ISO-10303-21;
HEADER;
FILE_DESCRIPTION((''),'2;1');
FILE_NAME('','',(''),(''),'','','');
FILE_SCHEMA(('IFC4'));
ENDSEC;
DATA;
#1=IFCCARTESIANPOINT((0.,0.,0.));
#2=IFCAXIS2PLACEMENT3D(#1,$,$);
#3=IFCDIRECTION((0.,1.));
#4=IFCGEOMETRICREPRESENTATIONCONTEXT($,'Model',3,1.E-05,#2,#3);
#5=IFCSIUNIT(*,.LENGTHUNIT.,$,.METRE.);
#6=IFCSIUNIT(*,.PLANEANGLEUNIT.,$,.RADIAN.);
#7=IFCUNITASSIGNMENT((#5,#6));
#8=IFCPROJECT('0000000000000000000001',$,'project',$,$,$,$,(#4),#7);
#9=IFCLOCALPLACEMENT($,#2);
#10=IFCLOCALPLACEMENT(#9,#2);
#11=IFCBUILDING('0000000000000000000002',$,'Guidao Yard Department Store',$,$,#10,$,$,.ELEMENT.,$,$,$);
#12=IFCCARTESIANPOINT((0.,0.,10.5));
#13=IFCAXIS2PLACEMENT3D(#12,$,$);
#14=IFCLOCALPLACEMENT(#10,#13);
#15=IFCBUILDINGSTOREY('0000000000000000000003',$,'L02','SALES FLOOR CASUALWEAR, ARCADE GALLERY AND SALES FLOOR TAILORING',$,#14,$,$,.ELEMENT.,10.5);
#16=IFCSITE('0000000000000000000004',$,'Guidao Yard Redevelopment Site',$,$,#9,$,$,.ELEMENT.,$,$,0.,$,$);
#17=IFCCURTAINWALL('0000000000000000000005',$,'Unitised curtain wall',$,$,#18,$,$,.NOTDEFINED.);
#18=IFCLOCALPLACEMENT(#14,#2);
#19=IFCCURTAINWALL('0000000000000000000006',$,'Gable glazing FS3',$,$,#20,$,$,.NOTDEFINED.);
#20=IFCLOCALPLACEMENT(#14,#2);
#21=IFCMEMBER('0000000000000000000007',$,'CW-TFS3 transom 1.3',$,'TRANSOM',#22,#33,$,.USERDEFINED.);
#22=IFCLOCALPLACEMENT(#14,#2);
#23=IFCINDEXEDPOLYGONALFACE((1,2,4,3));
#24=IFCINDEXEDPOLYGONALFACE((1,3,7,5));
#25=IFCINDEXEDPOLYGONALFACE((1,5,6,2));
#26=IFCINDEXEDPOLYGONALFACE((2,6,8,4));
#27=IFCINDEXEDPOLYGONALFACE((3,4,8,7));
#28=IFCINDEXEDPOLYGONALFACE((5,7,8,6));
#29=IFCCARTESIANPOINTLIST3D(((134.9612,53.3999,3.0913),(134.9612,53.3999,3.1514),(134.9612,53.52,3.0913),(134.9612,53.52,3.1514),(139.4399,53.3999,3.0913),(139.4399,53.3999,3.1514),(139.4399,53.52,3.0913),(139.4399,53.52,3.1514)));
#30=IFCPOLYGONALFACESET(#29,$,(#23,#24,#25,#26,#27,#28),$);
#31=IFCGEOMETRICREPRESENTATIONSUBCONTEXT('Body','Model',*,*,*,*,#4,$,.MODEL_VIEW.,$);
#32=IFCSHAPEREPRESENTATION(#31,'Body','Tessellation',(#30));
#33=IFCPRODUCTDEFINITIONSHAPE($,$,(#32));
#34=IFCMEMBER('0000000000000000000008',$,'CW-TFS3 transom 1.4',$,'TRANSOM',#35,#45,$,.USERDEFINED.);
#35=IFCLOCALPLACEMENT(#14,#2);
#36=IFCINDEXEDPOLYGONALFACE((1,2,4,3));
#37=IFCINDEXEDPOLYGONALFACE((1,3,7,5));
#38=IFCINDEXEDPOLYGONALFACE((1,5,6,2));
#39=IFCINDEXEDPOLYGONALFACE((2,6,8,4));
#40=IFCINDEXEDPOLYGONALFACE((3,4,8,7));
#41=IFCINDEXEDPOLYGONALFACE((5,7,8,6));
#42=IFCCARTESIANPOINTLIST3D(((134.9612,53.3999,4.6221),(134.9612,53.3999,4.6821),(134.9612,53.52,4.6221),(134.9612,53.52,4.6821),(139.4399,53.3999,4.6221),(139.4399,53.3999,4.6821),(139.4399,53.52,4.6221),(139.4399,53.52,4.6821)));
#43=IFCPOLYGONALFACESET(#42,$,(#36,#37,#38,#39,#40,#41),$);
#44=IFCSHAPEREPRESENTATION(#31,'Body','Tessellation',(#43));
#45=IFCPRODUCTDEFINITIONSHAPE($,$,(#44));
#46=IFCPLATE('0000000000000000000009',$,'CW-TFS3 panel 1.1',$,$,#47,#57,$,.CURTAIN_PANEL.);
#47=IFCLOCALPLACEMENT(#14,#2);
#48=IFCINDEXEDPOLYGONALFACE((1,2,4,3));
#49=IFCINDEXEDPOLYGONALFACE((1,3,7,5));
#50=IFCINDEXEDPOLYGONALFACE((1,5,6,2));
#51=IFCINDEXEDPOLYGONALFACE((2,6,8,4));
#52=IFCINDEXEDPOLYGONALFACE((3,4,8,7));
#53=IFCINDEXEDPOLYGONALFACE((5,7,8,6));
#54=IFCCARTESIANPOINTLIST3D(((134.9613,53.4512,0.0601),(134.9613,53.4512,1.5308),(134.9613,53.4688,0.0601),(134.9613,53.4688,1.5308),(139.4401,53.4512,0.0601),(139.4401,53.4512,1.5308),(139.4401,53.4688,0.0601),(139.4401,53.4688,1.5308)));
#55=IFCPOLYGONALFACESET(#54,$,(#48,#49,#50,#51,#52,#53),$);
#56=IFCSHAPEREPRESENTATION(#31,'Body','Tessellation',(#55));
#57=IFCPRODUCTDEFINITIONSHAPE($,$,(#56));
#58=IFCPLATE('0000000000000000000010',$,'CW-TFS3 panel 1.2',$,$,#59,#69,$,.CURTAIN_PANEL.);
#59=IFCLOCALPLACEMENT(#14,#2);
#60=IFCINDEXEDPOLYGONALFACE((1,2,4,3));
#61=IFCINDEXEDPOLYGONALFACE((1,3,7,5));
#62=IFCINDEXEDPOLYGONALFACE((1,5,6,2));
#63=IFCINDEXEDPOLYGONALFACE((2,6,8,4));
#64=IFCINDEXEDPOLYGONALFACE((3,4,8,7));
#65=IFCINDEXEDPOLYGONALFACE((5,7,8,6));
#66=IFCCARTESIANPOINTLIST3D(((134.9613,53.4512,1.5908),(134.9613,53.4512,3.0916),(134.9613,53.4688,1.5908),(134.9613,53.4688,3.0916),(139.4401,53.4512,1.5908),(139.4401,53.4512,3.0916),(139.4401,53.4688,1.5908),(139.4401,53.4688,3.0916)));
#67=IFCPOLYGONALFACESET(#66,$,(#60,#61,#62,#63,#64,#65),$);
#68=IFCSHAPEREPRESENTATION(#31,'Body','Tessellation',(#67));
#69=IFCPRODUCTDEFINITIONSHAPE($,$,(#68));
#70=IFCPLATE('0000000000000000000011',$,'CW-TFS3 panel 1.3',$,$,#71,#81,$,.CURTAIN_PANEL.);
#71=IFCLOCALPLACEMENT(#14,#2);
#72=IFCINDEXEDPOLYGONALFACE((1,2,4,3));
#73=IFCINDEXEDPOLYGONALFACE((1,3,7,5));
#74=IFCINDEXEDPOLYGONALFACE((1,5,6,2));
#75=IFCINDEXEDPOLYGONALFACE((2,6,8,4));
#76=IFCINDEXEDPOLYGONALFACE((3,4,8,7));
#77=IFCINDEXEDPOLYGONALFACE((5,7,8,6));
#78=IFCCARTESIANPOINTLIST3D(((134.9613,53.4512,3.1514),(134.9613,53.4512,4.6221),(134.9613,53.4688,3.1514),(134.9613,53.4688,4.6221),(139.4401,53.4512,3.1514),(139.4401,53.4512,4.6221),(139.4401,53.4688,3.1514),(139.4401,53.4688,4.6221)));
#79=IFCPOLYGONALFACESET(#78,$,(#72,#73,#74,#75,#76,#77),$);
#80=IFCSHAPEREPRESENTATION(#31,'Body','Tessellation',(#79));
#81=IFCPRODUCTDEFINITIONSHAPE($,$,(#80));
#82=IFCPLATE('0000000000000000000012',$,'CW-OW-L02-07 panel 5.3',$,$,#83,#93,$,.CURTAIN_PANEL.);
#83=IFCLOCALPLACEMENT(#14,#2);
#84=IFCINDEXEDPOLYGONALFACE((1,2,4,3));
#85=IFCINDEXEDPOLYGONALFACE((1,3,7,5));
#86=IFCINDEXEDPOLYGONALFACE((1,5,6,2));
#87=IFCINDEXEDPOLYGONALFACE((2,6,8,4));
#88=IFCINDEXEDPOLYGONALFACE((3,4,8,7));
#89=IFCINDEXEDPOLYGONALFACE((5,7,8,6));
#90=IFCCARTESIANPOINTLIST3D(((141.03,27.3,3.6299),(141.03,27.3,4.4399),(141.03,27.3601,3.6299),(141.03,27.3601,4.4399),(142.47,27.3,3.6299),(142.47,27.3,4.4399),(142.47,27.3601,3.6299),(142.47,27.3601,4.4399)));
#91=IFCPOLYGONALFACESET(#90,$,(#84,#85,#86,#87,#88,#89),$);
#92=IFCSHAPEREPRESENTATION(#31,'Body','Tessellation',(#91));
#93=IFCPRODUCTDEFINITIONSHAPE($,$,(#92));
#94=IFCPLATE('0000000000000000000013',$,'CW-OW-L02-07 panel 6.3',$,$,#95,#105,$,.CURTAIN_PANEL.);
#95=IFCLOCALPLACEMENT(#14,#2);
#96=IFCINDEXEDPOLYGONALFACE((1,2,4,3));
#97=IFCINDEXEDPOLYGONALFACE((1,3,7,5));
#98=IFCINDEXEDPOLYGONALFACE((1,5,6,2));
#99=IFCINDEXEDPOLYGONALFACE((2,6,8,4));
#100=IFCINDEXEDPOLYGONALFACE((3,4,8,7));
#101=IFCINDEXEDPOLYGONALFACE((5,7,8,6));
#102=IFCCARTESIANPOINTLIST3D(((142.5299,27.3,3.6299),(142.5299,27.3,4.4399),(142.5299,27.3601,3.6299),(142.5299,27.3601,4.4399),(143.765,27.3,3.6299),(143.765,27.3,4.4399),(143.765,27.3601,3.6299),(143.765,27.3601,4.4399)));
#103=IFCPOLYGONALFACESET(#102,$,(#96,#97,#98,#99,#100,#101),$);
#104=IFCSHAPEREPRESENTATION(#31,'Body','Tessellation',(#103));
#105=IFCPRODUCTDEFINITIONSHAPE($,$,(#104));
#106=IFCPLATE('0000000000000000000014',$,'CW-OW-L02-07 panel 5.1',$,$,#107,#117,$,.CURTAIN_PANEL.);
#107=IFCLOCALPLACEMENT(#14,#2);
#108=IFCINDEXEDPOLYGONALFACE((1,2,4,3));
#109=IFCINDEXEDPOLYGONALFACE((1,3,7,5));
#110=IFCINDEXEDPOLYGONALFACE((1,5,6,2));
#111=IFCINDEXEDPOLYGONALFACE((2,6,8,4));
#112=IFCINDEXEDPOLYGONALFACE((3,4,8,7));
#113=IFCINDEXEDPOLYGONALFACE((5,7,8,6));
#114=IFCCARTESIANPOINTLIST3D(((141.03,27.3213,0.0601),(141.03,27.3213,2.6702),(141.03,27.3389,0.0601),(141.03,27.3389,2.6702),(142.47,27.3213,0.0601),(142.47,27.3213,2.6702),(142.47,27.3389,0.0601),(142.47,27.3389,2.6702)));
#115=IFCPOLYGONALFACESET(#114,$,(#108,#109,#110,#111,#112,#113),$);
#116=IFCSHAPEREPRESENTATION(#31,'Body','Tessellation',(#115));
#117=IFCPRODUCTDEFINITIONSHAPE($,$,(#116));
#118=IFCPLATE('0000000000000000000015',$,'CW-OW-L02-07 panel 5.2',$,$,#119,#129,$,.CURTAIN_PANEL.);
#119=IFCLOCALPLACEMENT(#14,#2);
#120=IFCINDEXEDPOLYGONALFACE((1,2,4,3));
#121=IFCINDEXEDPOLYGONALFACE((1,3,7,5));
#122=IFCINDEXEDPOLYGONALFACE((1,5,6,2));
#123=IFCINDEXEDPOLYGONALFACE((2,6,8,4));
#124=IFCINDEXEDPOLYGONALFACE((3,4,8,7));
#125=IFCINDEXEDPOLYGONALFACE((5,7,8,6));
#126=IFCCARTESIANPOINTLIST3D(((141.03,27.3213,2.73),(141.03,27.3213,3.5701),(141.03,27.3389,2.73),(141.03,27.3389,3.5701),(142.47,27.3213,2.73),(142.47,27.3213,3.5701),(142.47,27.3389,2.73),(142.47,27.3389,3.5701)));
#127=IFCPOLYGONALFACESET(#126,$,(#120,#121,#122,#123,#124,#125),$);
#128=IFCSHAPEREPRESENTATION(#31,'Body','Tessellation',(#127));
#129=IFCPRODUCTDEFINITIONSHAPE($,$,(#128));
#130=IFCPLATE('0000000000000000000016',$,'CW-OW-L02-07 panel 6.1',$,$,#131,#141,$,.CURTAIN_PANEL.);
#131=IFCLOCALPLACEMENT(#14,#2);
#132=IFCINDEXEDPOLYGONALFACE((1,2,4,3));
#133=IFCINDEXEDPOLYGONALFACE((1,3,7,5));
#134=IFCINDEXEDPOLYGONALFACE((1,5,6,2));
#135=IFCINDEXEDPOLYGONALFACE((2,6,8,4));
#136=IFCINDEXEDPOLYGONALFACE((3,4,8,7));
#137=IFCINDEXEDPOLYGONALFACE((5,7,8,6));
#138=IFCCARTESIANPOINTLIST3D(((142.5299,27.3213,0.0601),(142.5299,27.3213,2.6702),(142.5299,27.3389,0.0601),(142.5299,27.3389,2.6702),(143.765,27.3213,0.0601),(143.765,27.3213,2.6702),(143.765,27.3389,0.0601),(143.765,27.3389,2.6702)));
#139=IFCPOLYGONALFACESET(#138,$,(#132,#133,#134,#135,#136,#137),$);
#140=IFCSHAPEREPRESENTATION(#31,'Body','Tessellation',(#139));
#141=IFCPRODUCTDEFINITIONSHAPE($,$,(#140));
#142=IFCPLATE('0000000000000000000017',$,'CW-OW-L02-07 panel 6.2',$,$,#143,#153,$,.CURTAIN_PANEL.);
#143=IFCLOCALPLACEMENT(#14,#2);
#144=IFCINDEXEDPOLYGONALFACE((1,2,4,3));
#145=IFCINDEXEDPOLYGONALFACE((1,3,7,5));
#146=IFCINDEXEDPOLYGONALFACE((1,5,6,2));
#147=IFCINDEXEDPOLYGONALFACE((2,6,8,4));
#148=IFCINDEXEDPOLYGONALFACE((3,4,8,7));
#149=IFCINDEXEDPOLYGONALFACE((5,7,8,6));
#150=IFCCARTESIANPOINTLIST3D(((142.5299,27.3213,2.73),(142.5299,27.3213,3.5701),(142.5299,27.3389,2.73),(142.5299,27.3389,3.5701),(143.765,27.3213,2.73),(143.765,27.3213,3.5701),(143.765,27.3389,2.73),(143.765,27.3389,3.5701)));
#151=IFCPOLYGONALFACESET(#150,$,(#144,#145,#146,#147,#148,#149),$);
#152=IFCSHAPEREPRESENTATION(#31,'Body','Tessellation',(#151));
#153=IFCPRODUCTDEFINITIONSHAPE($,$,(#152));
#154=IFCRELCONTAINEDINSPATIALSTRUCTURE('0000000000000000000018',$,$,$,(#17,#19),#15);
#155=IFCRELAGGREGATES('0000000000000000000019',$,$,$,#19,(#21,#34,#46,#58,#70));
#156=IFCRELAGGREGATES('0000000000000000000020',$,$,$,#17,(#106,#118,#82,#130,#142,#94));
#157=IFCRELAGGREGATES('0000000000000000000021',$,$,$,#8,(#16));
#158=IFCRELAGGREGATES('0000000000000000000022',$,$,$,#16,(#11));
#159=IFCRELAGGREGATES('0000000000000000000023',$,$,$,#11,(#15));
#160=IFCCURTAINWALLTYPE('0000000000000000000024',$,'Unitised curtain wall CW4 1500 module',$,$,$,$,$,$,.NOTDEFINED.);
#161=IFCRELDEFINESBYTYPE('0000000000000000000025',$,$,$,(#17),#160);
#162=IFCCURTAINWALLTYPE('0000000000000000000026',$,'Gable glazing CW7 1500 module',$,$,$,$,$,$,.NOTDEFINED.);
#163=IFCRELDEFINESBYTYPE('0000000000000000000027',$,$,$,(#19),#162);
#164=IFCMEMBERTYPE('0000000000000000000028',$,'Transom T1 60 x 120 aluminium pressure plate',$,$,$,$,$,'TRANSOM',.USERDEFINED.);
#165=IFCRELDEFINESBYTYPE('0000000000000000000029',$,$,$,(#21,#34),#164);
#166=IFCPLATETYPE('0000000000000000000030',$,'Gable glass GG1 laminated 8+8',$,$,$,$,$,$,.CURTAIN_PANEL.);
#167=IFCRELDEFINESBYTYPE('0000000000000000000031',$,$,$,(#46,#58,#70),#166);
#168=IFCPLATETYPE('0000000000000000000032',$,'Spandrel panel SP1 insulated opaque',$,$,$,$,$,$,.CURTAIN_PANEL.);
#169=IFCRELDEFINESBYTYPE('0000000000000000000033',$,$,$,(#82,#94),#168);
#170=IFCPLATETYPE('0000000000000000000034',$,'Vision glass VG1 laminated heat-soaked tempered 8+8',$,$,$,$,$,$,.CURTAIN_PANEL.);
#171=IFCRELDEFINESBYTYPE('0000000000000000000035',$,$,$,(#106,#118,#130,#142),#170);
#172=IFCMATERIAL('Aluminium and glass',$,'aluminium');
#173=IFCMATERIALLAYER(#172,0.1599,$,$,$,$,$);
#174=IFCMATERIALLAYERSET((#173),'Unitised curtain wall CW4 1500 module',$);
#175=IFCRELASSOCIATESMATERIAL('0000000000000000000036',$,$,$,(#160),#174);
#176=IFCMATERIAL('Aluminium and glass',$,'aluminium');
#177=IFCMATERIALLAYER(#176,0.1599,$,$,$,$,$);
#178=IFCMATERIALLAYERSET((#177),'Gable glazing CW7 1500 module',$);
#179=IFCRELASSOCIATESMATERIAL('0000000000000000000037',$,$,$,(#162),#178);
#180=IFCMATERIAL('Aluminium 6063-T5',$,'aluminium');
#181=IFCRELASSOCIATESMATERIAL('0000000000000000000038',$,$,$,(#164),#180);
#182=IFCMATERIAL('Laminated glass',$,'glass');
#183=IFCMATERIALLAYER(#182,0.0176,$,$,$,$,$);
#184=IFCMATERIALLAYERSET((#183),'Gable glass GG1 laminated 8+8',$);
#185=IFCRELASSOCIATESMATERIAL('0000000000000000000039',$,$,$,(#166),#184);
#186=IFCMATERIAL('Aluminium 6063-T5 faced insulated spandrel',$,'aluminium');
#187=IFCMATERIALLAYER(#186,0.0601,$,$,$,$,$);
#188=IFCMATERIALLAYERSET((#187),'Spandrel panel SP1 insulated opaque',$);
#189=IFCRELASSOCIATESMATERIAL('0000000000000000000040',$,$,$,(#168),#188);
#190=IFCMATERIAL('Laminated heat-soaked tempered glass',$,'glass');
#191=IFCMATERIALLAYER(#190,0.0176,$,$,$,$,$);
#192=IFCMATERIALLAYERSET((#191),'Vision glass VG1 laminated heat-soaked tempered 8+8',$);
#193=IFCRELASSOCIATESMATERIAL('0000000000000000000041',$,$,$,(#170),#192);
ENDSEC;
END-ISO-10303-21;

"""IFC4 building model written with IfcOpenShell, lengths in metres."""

from ifc_helpers import new_model, si_unit, direction, frame, origin, origin_2d, place, context, subcontext, project, spatial, rectangle, extrude, material, layer, layer_set, material_profile, profile_set, type_object, element, aggregate, save


model = new_model("IFC4")

# Units and contexts
model_context = context("Model", 3, precision=1e-05, world=origin(), true_north=direction((0.0, 1.0)))
body_context = subcontext(model_context, "Body", "Model", "MODEL_VIEW")
ifc_project = project(units=[si_unit("LENGTHUNIT", "METRE"), si_unit("PLANEANGLEUNIT", "RADIAN")], contexts=[model_context])

# Site, building, storey
site_placement = place(None, origin())
site = spatial("IfcSite", under=ifc_project, at=site_placement, Name="Guidao Yard Redevelopment Site", CompositionType="ELEMENT", RefElevation=0.0)
building_placement = place(site_placement, origin())
building = spatial("IfcBuilding", under=site, at=building_placement, Name="Guidao Yard Department Store", CompositionType="ELEMENT")
storey_placement = place(building_placement, frame((0.0, 0.0, 10.5)))
storey = spatial("IfcBuildingStorey", under=building, at=storey_placement, Name="L02", Description="SALES FLOOR CASUALWEAR, ARCADE GALLERY AND SALES FLOOR TAILORING", CompositionType="ELEMENT", Elevation=10.5)

# Curtain wall
ifc_material_1 = material(Name="Aluminium and glass", Category="aluminium")
ifc_layer_1 = layer(ifc_material_1, 0.1599)
ifc_layer_set_1 = layer_set([ifc_layer_1], Name="Unitised curtain wall CW4 1500 module")
curtain_wall_type_1 = type_object("IfcCurtainWallType", Name="Unitised curtain wall CW4 1500 module", PredefinedType="NOTDEFINED", material=ifc_layer_set_1)
curtain_wall_1_placement = place(storey_placement, origin())
curtain_wall_1 = element("IfcCurtainWall", 1, at=curtain_wall_1_placement, inside=storey, type_object=curtain_wall_type_1, Name="Unitised curtain wall", PredefinedType="NOTDEFINED")

# Shared definitions
ifc_material_2 = material(Name="Aluminium and glass", Category="aluminium")
ifc_layer_2 = layer(ifc_material_2, 0.1599)
ifc_layer_set_2 = layer_set([ifc_layer_2], Name="Gable glazing CW7 1500 module")
curtain_wall_type_2 = type_object("IfcCurtainWallType", Name="Gable glazing CW7 1500 module", PredefinedType="NOTDEFINED", material=ifc_layer_set_2)

# Curtain wall
curtain_wall_2_placement = place(storey_placement, origin())
curtain_wall_2 = element("IfcCurtainWall", 2, at=curtain_wall_2_placement, inside=storey, type_object=curtain_wall_type_2, Name="Gable glazing FS3", PredefinedType="NOTDEFINED")

# Members
ifc_material_3 = material(Name="Aluminium 6063-T5", Category="aluminium")
ifc_material_profile_1 = material_profile(ifc_material_3, rectangle(XDim=0.1201, YDim=0.0601, at=origin_2d()), Name="Transom T1 60 x 120 aluminium pressure plate")
ifc_profile_set_1 = profile_set([ifc_material_profile_1], Name="Aluminium 6063-T5")
member_type_1 = type_object("IfcMemberType", Name="Transom T1 60 x 120 aluminium pressure plate", ElementType="TRANSOM", PredefinedType="USERDEFINED", material=ifc_profile_set_1)
member_1_placement = place(storey_placement, frame((139.4399, 53.46, 3.1213), z_axis=(-1.0, 0.0, 0.0), x_axis=(0.0, -1.0, 0.0)))
member_1 = element("IfcMember", 3, at=member_1_placement, type_object=member_type_1, Name="CW-TFS3 transom 1.3", ObjectType="TRANSOM", PredefinedType="USERDEFINED", context=body_context, shape_type="SweptSolid", body=[
    extrude(rectangle(XDim=0.1201, YDim=0.0601, at=origin_2d()), origin(), (0.0, 0.0, 1.0), 4.4788),
])
member_2_placement = place(storey_placement, frame((139.4399, 53.46, 4.6521), z_axis=(-1.0, 0.0, 0.0), x_axis=(0.0, -1.0, 0.0)))
member_2 = element("IfcMember", 4, at=member_2_placement, type_object=member_type_1, Name="CW-TFS3 transom 1.4", ObjectType="TRANSOM", PredefinedType="USERDEFINED", context=body_context, shape_type="SweptSolid", body=[
    extrude(rectangle(XDim=0.1201, YDim=0.0601, at=origin_2d()), origin(), (0.0, 0.0, 1.0), 4.4788),
])

# Plates
ifc_material_4 = material(Name="Laminated glass", Category="glass")
ifc_layer_3 = layer(ifc_material_4, 0.0176)
ifc_layer_set_3 = layer_set([ifc_layer_3], Name="Gable glass GG1 laminated 8+8")
plate_type_1 = type_object("IfcPlateType", Name="Gable glass GG1 laminated 8+8", PredefinedType="CURTAIN_PANEL", material=ifc_layer_set_3)
plate_1_placement = place(storey_placement, frame((137.2007, 53.46, 0.0601), z_axis=(0.0, 0.0, 1.0), x_axis=(-1.0, 0.0, 0.0)))
plate_1 = element("IfcPlate", 5, at=plate_1_placement, type_object=plate_type_1, Name="CW-TFS3 panel 1.1", PredefinedType="CURTAIN_PANEL", context=body_context, shape_type="SweptSolid", body=[
    extrude(rectangle(XDim=4.4788, YDim=0.0176, at=origin_2d()), origin(), (0.0, 0.0, 1.0), 1.4707),
])
plate_2_placement = place(storey_placement, frame((137.2007, 53.46, 1.5908), z_axis=(0.0, 0.0, 1.0), x_axis=(-1.0, 0.0, 0.0)))
plate_2 = element("IfcPlate", 6, at=plate_2_placement, type_object=plate_type_1, Name="CW-TFS3 panel 1.2", PredefinedType="CURTAIN_PANEL", context=body_context, shape_type="SweptSolid", body=[
    extrude(rectangle(XDim=4.4788, YDim=0.0176, at=origin_2d()), origin(), (0.0, 0.0, 1.0), 1.5007),
])
plate_3_placement = place(storey_placement, frame((137.2007, 53.46, 3.1514), z_axis=(0.0, 0.0, 1.0), x_axis=(-1.0, 0.0, 0.0)))
plate_3 = element("IfcPlate", 7, at=plate_3_placement, type_object=plate_type_1, Name="CW-TFS3 panel 1.3", PredefinedType="CURTAIN_PANEL", context=body_context, shape_type="SweptSolid", body=[
    extrude(rectangle(XDim=4.4788, YDim=0.0176, at=origin_2d()), origin(), (0.0, 0.0, 1.0), 1.4707),
])
aggregate(curtain_wall_2, [member_1, member_2, plate_1, plate_2, plate_3])
ifc_material_5 = material(Name="Aluminium 6063-T5 faced insulated spandrel", Category="aluminium")
ifc_layer_4 = layer(ifc_material_5, 0.0601)
ifc_layer_set_4 = layer_set([ifc_layer_4], Name="Spandrel panel SP1 insulated opaque")
plate_type_2 = type_object("IfcPlateType", Name="Spandrel panel SP1 insulated opaque", PredefinedType="CURTAIN_PANEL", material=ifc_layer_set_4)
plate_4_placement = place(storey_placement, frame((141.75, 27.3301, 3.6299), z_axis=(0.0, 0.0, 1.0), x_axis=(1.0, 0.0, 0.0)))
plate_4 = element("IfcPlate", 8, at=plate_4_placement, type_object=plate_type_2, Name="CW-OW-L02-07 panel 5.3", PredefinedType="CURTAIN_PANEL", context=body_context, shape_type="SweptSolid", body=[
    extrude(rectangle(XDim=1.4399, YDim=0.0601, at=origin_2d()), origin(), (0.0, 0.0, 1.0), 0.8101),
])
plate_5_placement = place(storey_placement, frame((143.1475, 27.3301, 3.6299), z_axis=(0.0, 0.0, 1.0), x_axis=(1.0, 0.0, 0.0)))
plate_5 = element("IfcPlate", 9, at=plate_5_placement, type_object=plate_type_2, Name="CW-OW-L02-07 panel 6.3", PredefinedType="CURTAIN_PANEL", context=body_context, shape_type="SweptSolid", body=[
    extrude(rectangle(XDim=1.2351, YDim=0.0601, at=origin_2d()), origin(), (0.0, 0.0, 1.0), 0.8101),
])
ifc_material_6 = material(Name="Laminated heat-soaked tempered glass", Category="glass")
ifc_layer_5 = layer(ifc_material_6, 0.0176)
ifc_layer_set_5 = layer_set([ifc_layer_5], Name="Vision glass VG1 laminated heat-soaked tempered 8+8")
plate_type_3 = type_object("IfcPlateType", Name="Vision glass VG1 laminated heat-soaked tempered 8+8", PredefinedType="CURTAIN_PANEL", material=ifc_layer_set_5)
plate_6_placement = place(storey_placement, frame((141.75, 27.3301, 0.0601), z_axis=(0.0, 0.0, 1.0), x_axis=(1.0, 0.0, 0.0)))
plate_6 = element("IfcPlate", 10, at=plate_6_placement, type_object=plate_type_3, Name="CW-OW-L02-07 panel 5.1", PredefinedType="CURTAIN_PANEL", context=body_context, shape_type="SweptSolid", body=[
    extrude(rectangle(XDim=1.4399, YDim=0.0176, at=origin_2d()), origin(), (0.0, 0.0, 1.0), 2.6101),
])
plate_7_placement = place(storey_placement, frame((141.75, 27.3301, 2.73), z_axis=(0.0, 0.0, 1.0), x_axis=(1.0, 0.0, 0.0)))
plate_7 = element("IfcPlate", 11, at=plate_7_placement, type_object=plate_type_3, Name="CW-OW-L02-07 panel 5.2", PredefinedType="CURTAIN_PANEL", context=body_context, shape_type="SweptSolid", body=[
    extrude(rectangle(XDim=1.4399, YDim=0.0176, at=origin_2d()), origin(), (0.0, 0.0, 1.0), 0.8401),
])
plate_8_placement = place(storey_placement, frame((143.1475, 27.3301, 0.0601), z_axis=(0.0, 0.0, 1.0), x_axis=(1.0, 0.0, 0.0)))
plate_8 = element("IfcPlate", 12, at=plate_8_placement, type_object=plate_type_3, Name="CW-OW-L02-07 panel 6.1", PredefinedType="CURTAIN_PANEL", context=body_context, shape_type="SweptSolid", body=[
    extrude(rectangle(XDim=1.2351, YDim=0.0176, at=origin_2d()), origin(), (0.0, 0.0, 1.0), 2.6101),
])
plate_9_placement = place(storey_placement, frame((143.1475, 27.3301, 2.73), z_axis=(0.0, 0.0, 1.0), x_axis=(1.0, 0.0, 0.0)))
plate_9 = element("IfcPlate", 13, at=plate_9_placement, type_object=plate_type_3, Name="CW-OW-L02-07 panel 6.2", PredefinedType="CURTAIN_PANEL", context=body_context, shape_type="SweptSolid", body=[
    extrude(rectangle(XDim=1.2351, YDim=0.0176, at=origin_2d()), origin(), (0.0, 0.0, 1.0), 0.8401),
])
aggregate(curtain_wall_1, [plate_6, plate_7, plate_4, plate_8, plate_9, plate_5])

save(model, "model.ifc")
